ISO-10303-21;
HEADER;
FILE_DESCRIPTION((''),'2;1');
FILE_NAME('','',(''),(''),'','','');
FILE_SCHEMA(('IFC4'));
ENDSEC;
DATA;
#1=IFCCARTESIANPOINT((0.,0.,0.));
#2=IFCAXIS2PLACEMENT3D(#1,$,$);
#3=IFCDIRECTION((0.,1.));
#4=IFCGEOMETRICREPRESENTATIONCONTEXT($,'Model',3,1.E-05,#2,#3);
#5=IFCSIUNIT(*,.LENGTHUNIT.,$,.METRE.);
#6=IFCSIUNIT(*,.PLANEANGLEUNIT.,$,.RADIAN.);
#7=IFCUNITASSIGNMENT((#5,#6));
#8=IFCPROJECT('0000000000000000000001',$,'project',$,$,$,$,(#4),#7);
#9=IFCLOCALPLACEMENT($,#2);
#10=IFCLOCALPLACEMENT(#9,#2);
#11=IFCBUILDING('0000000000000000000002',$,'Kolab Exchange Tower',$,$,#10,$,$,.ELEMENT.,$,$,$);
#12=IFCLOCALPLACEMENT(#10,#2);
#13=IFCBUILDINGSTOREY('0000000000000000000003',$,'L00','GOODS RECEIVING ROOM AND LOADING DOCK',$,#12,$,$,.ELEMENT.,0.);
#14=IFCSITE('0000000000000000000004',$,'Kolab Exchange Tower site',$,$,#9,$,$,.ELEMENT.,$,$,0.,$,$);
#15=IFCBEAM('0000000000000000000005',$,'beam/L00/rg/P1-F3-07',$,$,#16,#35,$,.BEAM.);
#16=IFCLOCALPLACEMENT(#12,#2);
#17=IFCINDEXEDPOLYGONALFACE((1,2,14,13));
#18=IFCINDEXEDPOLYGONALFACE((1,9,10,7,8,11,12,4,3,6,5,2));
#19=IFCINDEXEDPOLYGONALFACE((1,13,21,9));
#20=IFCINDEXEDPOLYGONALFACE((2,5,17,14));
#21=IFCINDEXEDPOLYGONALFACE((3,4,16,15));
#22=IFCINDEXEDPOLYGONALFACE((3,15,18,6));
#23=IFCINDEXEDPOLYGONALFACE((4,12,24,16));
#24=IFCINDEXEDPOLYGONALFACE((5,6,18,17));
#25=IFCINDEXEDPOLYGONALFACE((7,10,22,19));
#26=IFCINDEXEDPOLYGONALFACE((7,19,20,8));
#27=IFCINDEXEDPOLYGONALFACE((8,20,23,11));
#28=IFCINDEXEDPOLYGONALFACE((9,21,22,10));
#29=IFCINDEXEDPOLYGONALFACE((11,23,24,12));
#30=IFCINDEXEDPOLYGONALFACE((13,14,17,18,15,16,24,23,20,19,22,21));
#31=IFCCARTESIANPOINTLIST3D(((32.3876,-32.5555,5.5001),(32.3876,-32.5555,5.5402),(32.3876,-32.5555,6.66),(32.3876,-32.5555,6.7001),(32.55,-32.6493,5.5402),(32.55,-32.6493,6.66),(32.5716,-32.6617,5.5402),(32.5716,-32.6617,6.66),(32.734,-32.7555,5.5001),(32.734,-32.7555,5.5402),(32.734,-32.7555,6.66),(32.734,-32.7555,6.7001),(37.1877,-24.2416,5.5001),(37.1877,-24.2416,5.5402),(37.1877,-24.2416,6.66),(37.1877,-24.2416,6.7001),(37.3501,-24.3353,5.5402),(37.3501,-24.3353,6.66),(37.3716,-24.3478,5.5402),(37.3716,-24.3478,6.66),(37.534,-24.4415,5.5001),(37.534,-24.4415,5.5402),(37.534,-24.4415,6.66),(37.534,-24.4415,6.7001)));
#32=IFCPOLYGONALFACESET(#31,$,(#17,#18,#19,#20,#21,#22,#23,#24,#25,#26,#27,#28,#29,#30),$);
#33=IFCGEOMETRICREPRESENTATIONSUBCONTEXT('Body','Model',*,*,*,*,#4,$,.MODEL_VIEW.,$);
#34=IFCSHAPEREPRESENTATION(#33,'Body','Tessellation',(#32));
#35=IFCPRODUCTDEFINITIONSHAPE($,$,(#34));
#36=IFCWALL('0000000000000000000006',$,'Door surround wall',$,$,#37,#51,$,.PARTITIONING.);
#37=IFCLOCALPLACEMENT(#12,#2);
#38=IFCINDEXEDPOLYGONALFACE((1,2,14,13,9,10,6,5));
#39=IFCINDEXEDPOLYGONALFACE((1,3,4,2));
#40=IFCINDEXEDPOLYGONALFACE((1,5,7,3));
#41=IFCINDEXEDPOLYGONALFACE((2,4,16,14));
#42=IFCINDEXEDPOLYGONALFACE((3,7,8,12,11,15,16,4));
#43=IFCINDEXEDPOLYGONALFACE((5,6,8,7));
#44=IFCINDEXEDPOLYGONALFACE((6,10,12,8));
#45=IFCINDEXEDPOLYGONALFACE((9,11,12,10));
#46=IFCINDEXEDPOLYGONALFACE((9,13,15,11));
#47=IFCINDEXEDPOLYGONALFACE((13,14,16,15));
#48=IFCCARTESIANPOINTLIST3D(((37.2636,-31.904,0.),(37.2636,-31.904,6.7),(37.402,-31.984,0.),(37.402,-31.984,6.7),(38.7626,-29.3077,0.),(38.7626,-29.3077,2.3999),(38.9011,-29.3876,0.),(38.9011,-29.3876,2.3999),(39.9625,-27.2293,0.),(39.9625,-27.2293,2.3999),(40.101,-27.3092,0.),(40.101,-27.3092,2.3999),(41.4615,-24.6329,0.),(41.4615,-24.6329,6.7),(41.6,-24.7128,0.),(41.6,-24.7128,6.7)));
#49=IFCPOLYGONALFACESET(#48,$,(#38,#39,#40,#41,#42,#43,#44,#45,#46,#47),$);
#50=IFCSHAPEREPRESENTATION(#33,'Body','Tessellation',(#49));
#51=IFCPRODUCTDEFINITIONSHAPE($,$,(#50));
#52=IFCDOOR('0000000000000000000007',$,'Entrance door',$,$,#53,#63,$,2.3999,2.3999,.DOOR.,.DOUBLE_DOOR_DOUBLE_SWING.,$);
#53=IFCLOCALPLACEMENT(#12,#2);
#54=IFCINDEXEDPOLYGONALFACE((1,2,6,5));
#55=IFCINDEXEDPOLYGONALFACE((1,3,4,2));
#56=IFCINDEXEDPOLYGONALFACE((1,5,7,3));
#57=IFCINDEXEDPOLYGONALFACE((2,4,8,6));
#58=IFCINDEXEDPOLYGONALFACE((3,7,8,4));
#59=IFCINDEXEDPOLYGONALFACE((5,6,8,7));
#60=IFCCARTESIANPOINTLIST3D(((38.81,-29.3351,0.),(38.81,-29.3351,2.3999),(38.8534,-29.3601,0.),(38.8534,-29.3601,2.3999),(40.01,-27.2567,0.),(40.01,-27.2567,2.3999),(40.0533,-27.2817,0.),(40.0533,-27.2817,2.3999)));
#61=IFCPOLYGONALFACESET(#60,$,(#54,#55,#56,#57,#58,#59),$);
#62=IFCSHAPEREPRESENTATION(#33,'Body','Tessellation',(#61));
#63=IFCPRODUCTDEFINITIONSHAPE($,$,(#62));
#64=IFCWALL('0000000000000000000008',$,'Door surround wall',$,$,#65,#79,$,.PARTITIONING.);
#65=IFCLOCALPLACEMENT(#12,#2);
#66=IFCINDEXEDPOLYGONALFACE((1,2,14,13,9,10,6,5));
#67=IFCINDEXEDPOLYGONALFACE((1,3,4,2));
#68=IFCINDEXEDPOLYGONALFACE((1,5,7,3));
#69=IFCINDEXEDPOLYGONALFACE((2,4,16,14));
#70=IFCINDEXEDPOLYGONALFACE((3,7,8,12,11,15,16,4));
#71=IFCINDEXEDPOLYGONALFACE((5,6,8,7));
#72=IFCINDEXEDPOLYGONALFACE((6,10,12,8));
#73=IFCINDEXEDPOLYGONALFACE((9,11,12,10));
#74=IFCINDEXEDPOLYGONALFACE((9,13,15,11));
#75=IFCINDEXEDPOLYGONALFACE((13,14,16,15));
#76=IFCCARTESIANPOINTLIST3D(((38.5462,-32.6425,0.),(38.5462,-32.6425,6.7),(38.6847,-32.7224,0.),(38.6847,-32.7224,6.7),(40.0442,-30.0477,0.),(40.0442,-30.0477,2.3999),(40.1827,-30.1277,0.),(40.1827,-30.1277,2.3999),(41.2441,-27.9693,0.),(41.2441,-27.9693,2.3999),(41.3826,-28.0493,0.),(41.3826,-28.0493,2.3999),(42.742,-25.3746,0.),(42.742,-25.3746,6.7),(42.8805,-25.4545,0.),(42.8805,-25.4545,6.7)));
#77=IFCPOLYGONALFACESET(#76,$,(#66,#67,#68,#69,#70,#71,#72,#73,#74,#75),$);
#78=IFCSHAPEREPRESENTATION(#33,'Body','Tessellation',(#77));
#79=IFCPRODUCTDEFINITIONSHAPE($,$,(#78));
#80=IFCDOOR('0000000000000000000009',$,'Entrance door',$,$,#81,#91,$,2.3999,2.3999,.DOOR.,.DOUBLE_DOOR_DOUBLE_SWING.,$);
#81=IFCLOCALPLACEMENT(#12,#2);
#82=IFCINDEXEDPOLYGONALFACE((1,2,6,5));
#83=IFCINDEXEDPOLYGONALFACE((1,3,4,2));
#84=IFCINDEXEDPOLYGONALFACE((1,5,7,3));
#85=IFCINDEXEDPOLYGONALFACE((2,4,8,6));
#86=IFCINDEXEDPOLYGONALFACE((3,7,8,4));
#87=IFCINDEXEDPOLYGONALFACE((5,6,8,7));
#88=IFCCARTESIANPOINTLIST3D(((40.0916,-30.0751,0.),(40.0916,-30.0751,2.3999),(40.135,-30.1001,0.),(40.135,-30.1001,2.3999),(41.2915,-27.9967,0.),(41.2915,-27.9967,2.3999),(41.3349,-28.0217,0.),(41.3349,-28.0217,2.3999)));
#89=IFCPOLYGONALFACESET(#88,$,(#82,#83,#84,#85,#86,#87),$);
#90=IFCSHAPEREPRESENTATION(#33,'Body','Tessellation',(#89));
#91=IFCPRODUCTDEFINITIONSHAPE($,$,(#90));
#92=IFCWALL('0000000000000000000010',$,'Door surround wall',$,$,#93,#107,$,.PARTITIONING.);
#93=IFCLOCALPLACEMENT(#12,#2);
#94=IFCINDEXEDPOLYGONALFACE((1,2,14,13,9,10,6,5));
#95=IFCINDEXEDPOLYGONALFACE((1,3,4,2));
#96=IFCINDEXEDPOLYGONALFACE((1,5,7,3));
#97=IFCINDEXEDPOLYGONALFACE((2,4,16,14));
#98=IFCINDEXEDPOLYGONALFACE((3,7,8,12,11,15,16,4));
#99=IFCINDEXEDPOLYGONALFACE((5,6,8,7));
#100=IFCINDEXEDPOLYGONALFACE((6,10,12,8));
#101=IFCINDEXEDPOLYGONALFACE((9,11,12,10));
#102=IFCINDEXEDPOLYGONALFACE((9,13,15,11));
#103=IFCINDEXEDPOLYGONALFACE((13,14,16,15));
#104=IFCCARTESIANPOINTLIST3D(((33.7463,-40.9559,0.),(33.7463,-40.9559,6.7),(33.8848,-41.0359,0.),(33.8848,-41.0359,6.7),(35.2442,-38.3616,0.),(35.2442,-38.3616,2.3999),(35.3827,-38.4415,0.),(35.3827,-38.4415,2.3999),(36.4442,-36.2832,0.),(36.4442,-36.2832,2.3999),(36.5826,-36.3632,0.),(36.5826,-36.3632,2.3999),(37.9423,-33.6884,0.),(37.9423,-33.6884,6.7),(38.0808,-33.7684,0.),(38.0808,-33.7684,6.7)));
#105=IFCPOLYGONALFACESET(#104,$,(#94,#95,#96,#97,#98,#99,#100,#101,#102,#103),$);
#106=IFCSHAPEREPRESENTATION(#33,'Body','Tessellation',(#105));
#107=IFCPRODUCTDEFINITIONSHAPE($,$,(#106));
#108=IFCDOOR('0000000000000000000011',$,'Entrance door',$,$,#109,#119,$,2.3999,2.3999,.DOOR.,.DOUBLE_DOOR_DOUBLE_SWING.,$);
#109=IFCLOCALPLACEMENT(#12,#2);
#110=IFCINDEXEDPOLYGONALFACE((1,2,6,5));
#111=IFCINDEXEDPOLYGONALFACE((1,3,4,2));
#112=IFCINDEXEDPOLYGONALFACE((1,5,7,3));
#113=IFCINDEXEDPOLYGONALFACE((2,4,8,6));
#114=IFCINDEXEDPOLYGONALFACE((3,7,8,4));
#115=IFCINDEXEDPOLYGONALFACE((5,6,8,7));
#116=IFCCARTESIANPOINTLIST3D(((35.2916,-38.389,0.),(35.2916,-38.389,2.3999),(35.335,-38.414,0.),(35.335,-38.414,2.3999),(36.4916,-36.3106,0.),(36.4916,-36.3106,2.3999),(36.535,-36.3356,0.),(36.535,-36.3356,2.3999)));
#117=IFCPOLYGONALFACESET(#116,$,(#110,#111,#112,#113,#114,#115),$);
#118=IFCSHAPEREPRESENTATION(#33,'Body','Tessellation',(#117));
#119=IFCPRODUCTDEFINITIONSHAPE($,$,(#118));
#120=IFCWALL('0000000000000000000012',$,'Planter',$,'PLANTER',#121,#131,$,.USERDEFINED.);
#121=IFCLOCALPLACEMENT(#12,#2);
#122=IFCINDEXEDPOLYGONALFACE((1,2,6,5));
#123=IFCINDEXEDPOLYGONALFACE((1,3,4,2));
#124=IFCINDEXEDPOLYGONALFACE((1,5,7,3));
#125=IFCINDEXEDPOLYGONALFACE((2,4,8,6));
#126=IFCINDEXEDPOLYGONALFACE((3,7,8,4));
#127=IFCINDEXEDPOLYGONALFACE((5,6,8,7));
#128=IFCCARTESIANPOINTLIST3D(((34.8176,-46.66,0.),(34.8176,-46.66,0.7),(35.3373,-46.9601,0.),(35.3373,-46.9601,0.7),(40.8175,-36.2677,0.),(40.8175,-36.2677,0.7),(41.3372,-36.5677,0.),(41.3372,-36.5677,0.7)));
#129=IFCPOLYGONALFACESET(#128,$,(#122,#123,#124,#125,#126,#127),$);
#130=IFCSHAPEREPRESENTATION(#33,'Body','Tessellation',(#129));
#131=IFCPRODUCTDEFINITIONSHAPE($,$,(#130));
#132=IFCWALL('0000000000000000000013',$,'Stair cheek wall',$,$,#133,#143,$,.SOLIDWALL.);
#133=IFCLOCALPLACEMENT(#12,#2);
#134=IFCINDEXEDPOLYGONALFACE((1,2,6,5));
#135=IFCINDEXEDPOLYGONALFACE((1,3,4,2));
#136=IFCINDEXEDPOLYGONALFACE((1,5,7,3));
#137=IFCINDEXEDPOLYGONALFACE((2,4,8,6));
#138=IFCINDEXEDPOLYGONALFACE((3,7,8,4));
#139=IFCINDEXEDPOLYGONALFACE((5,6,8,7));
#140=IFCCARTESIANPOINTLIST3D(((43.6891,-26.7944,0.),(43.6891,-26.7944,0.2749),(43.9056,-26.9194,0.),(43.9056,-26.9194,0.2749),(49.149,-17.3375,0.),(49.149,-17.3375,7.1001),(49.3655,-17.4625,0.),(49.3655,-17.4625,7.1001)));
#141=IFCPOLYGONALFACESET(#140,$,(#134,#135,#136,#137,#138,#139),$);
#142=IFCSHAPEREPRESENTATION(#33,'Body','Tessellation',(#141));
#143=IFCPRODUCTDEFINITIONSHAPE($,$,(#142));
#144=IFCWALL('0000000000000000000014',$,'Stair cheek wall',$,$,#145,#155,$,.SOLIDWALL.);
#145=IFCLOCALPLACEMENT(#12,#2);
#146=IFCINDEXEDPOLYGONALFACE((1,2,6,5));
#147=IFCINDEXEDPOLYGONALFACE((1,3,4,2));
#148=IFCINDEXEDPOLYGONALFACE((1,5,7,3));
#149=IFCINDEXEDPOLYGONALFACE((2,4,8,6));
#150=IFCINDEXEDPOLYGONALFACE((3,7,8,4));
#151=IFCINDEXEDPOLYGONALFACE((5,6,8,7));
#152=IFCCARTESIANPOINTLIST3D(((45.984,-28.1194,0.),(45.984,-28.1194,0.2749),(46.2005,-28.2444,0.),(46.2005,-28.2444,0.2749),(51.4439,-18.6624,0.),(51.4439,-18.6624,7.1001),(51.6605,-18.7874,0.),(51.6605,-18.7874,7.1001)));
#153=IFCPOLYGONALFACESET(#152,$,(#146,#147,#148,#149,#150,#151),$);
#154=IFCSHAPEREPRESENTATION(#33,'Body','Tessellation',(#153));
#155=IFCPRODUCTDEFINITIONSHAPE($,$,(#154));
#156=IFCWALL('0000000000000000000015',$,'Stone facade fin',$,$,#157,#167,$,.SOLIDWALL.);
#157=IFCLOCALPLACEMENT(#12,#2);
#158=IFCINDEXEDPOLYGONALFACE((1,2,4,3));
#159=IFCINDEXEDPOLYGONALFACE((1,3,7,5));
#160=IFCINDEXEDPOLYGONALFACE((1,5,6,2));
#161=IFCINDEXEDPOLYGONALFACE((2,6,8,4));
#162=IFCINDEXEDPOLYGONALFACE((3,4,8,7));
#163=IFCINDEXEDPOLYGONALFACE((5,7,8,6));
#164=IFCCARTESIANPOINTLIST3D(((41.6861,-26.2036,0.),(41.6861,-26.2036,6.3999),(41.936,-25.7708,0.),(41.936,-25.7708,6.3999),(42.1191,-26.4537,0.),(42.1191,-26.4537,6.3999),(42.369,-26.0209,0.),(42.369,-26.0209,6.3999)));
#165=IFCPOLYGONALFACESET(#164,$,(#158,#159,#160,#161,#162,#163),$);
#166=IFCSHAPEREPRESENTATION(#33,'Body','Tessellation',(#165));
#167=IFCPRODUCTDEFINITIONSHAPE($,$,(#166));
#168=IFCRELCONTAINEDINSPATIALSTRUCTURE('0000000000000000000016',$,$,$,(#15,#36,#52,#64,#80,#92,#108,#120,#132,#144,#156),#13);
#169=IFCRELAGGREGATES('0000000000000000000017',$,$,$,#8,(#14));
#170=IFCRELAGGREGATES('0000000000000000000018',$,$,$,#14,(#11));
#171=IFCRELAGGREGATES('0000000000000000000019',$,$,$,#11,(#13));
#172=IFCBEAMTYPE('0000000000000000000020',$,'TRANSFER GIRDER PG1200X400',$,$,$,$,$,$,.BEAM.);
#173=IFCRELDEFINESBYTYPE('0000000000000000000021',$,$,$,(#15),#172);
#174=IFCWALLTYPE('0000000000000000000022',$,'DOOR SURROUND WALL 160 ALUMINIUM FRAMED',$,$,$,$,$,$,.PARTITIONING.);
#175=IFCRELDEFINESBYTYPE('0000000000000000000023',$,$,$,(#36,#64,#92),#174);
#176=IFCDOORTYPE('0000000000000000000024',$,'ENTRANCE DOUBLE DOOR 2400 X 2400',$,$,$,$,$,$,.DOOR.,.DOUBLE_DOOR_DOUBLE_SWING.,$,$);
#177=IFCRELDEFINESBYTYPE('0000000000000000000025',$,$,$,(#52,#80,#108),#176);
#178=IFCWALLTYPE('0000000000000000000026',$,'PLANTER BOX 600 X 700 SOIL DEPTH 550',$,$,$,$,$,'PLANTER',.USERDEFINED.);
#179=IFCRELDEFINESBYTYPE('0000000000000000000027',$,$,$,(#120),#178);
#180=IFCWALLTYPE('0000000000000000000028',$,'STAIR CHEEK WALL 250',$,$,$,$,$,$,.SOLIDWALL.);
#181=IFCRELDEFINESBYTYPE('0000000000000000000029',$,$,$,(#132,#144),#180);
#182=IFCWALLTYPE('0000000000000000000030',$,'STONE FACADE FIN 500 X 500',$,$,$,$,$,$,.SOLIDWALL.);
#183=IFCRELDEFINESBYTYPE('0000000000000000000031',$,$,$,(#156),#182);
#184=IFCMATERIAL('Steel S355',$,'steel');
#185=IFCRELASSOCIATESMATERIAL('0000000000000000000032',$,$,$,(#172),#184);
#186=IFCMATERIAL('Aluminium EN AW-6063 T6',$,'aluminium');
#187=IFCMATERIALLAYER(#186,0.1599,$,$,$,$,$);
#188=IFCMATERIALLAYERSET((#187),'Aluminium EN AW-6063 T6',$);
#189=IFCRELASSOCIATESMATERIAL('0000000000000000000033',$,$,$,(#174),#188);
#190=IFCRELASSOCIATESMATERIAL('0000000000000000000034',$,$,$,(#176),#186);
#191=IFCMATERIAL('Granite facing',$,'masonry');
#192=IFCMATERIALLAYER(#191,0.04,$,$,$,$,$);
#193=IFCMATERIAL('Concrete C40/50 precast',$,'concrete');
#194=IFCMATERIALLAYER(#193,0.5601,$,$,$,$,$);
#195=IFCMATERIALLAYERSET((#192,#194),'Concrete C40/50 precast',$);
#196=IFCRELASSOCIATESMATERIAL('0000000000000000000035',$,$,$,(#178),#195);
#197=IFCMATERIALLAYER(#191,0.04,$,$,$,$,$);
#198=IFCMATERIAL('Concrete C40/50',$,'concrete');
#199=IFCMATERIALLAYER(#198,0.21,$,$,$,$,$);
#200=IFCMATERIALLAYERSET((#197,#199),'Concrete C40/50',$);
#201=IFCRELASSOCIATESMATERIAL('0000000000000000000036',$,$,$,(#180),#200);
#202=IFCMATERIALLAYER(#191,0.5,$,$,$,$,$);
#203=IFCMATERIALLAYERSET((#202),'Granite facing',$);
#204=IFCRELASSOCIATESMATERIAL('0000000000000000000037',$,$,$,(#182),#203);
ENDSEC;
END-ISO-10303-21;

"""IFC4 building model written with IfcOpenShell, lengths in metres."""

from ifc_helpers import new_model, si_unit, direction, frame, frame_2d, origin, origin_2d, place, context, subcontext, project, spatial, polyline, rectangle, i_section, outline, extrude, material, layer, layer_set, material_profile, profile_set, type_object, element, fill, save


model = new_model("IFC4")

# Units and contexts
model_context = context("Model", 3, precision=1e-05, world=origin(), true_north=direction((0.0, 1.0)))
body_context = subcontext(model_context, "Body", "Model", "MODEL_VIEW")
ifc_project = project(units=[si_unit("LENGTHUNIT", "METRE"), si_unit("PLANEANGLEUNIT", "RADIAN")], contexts=[model_context])

# Site, building, storey
site_placement = place(None, origin())
site = spatial("IfcSite", under=ifc_project, at=site_placement, Name="Kolab Exchange Tower site", CompositionType="ELEMENT", RefElevation=0.0)
building_placement = place(site_placement, origin())
building = spatial("IfcBuilding", under=site, at=building_placement, Name="Kolab Exchange Tower", CompositionType="ELEMENT")
storey_placement = place(building_placement, origin())
storey = spatial("IfcBuildingStorey", under=building, at=storey_placement, Name="L00", Description="GOODS RECEIVING ROOM AND LOADING DOCK", CompositionType="ELEMENT", Elevation=0.0)

# Beam
ifc_material_1 = material(Name="Steel S355", Category="steel")
ifc_material_profile_1 = material_profile(ifc_material_1, i_section(OverallWidth=0.3999, OverallDepth=1.2, WebThickness=0.0249, FlangeThickness=0.04, at=origin_2d()), Name="PG1200X400")
ifc_profile_set_1 = profile_set([ifc_material_profile_1], Name="Steel S355")
beam_type = type_object("IfcBeamType", Name="TRANSFER GIRDER PG1200X400", PredefinedType="BEAM", material=ifc_profile_set_1)
beam_1_placement = place(storey_placement, frame((37.3608, -24.3416, 6.1001), z_axis=(-0.499998, -0.866026, 0.0), x_axis=(0.866026, -0.499998, 0.0)))
element("IfcBeam", 1, at=beam_1_placement, inside=storey, type_object=beam_type, Name="beam/L00/rg/P1-F3-07", PredefinedType="BEAM", context=body_context, shape_type="SweptSolid", body=[
    extrude(i_section(OverallWidth=0.3999, OverallDepth=1.2, WebThickness=0.0249, FlangeThickness=0.04, at=origin_2d()), origin(), (0.0, 0.0, 1.0), 9.6001),
])

# Walls, openings, doors
ifc_material_2 = material(Name="Aluminium EN AW-6063 T6", Category="aluminium")
ifc_layer_1 = layer(ifc_material_2, 0.1599)
ifc_layer_set_1 = layer_set([ifc_layer_1], Name="Aluminium EN AW-6063 T6")
wall_type_1 = type_object("IfcWallType", Name="DOOR SURROUND WALL 160 ALUMINIUM FRAMED", PredefinedType="PARTITIONING", material=ifc_layer_set_1)
wall_1_placement = place(storey_placement, frame((41.5308, -24.6729, 0.0), z_axis=(0.0, 0.0, 1.0), x_axis=(-0.499995, -0.866028, 0.0)))
wall_1 = element("IfcWall", 2, at=wall_1_placement, inside=storey, type_object=wall_type_1, Name="Door surround wall", PredefinedType="PARTITIONING", context=body_context, shape_type="SweptSolid", body=[
    extrude(rectangle(XDim=8.396, YDim=0.1599, at=frame_2d((4.198, 0.0))), origin(), (0.0, 0.0, 1.0), 6.7),
])
opening_1_placement = place(wall_1_placement, frame((2.998, 0.0, 0.0)))
opening_1 = element("IfcOpeningElement", 3, at=opening_1_placement, cuts=wall_1, PredefinedType="OPENING", context=body_context, shape_type="SweptSolid", body=[
    extrude(rectangle(XDim=2.3999, YDim=2.3999, at=frame_2d((1.2, 1.2))), frame((0.0, 0.0898, 0.0), z_axis=(0.0, -1.0, 0.0), x_axis=(1.0, 0.0, 0.0)), (0.0, 0.0, 1.0), 0.1799),
])
door_type = type_object("IfcDoorType", Name="ENTRANCE DOUBLE DOOR 2400 X 2400", OperationType="DOUBLE_DOOR_DOUBLE_SWING", PredefinedType="DOOR", material=ifc_material_2)
door_1_placement = place(opening_1_placement, origin())
door_1 = element("IfcDoor", 4, at=door_1_placement, inside=storey, type_object=door_type, Name="Entrance door", OperationType="DOUBLE_DOOR_DOUBLE_SWING", OverallHeight=2.3999, OverallWidth=2.3999, PredefinedType="DOOR", context=body_context, shape_type="SweptSolid", body=[
    extrude(rectangle(XDim=2.3999, YDim=2.3999, at=frame_2d((1.2, 1.2))), frame((0.0, 0.0249, 0.0), z_axis=(0.0, -1.0, 0.0), x_axis=(1.0, 0.0, 0.0)), (0.0, 0.0, 1.0), 0.05),
])
fill(opening_1, door_1)
wall_2_placement = place(storey_placement, frame((42.8113, -25.4146, 0.0), z_axis=(0.0, 0.0, 1.0), x_axis=(-0.499975, -0.86604, 0.0)))
wall_2 = element("IfcWall", 5, at=wall_2_placement, inside=storey, type_object=wall_type_1, Name="Door surround wall", PredefinedType="PARTITIONING", context=body_context, shape_type="SweptSolid", body=[
    extrude(rectangle(XDim=8.3921, YDim=0.1599, at=frame_2d((4.196, 0.0))), origin(), (0.0, 0.0, 1.0), 6.7),
])
opening_2_placement = place(wall_2_placement, frame((2.9961, 0.0, 0.0)))
opening_2 = element("IfcOpeningElement", 6, at=opening_2_placement, cuts=wall_2, PredefinedType="OPENING", context=body_context, shape_type="SweptSolid", body=[
    extrude(rectangle(XDim=2.3999, YDim=2.3999, at=frame_2d((1.2, 1.2))), frame((0.0, 0.0898, 0.0), z_axis=(0.0, -1.0, 0.0), x_axis=(1.0, 0.0, 0.0)), (0.0, 0.0, 1.0), 0.1799),
])
door_2_placement = place(opening_2_placement, origin())
door_2 = element("IfcDoor", 7, at=door_2_placement, inside=storey, type_object=door_type, Name="Entrance door", OperationType="DOUBLE_DOOR_DOUBLE_SWING", OverallHeight=2.3999, OverallWidth=2.3999, PredefinedType="DOOR", context=body_context, shape_type="SweptSolid", body=[
    extrude(rectangle(XDim=2.3999, YDim=2.3999, at=frame_2d((1.2, 1.2))), frame((0.0, 0.0249, 0.0), z_axis=(0.0, -1.0, 0.0), x_axis=(1.0, 0.0, 0.0)), (0.0, 0.0, 1.0), 0.05),
])
fill(opening_2, door_2)
wall_3_placement = place(storey_placement, frame((38.0115, -33.7285, 0.0), z_axis=(0.0, 0.0, 1.0), x_axis=(-0.50001, -0.86602, 0.0)))
wall_3 = element("IfcWall", 8, at=wall_3_placement, inside=storey, type_object=wall_type_1, Name="Door surround wall", PredefinedType="PARTITIONING", context=body_context, shape_type="SweptSolid", body=[
    extrude(rectangle(XDim=8.3918, YDim=0.1599, at=frame_2d((4.1958, 0.0))), origin(), (0.0, 0.0, 1.0), 6.7),
])
opening_3_placement = place(wall_3_placement, frame((2.9961, 0.0, 0.0)))
opening_3 = element("IfcOpeningElement", 9, at=opening_3_placement, cuts=wall_3, PredefinedType="OPENING", context=body_context, shape_type="SweptSolid", body=[
    extrude(rectangle(XDim=2.3999, YDim=2.3999, at=frame_2d((1.2, 1.2))), frame((0.0, 0.0898, 0.0), z_axis=(0.0, -1.0, 0.0), x_axis=(1.0, 0.0, 0.0)), (0.0, 0.0, 1.0), 0.1799),
])
door_3_placement = place(opening_3_placement, origin())
door_3 = element("IfcDoor", 10, at=door_3_placement, inside=storey, type_object=door_type, Name="Entrance door", OperationType="DOUBLE_DOOR_DOUBLE_SWING", OverallHeight=2.3999, OverallWidth=2.3999, PredefinedType="DOOR", context=body_context, shape_type="SweptSolid", body=[
    extrude(rectangle(XDim=2.3999, YDim=2.3999, at=frame_2d((1.2, 1.2))), frame((0.0, 0.0249, 0.0), z_axis=(0.0, -1.0, 0.0), x_axis=(1.0, 0.0, 0.0)), (0.0, 0.0, 1.0), 0.05),
])
fill(opening_3, door_3)

# Walls
ifc_material_3 = material(Name="Granite facing", Category="masonry")
ifc_layer_2 = layer(ifc_material_3, 0.04)
ifc_material_4 = material(Name="Concrete C40/50 precast", Category="concrete")
ifc_layer_3 = layer(ifc_material_4, 0.5601)
ifc_layer_set_2 = layer_set([ifc_layer_2, ifc_layer_3], Name="Concrete C40/50 precast")
wall_type_2 = type_object("IfcWallType", Name="PLANTER BOX 600 X 700 SOIL DEPTH 550", ElementType="PLANTER", PredefinedType="USERDEFINED", material=ifc_layer_set_2)
wall_4_placement = place(storey_placement, frame((41.0774, -36.4177, 0.0), z_axis=(0.0, 0.0, 1.0), x_axis=(-0.499999, -0.866026, 0.0)))
element("IfcWall", 11, at=wall_4_placement, inside=storey, type_object=wall_type_2, Name="Planter", ObjectType="PLANTER", PredefinedType="USERDEFINED", context=body_context, shape_type="SweptSolid", body=[
    extrude(rectangle(XDim=12.0, YDim=0.6001, at=frame_2d((6.0, 0.0))), origin(), (0.0, 0.0, 1.0), 0.7),
])
ifc_layer_4 = layer(ifc_material_3, 0.04)
ifc_material_5 = material(Name="Concrete C40/50", Category="concrete")
ifc_layer_5 = layer(ifc_material_5, 0.21)
ifc_layer_set_3 = layer_set([ifc_layer_4, ifc_layer_5], Name="Concrete C40/50")
wall_type_3 = type_object("IfcWallType", Name="STAIR CHEEK WALL 250", PredefinedType="SOLIDWALL", material=ifc_layer_set_3)
for number, where, z_axis, x_axis, name in (
    (12, (43.7974, -26.8569, 0.0), (0.0, 0.0, 1.0), (0.499996, 0.866028, 0.0), "Stair cheek wall"),
    (13, (46.0923, -28.1819, 0.0), (0.0, 0.0, 1.0), (0.499996, 0.866028, 0.0), "Stair cheek wall"),
):
    element("IfcWall", number, at=place(storey_placement, frame(where, z_axis=z_axis, x_axis=x_axis)), inside=storey, type_object=wall_type_3, Name=name, PredefinedType="SOLIDWALL", context=body_context, shape_type="SweptSolid", body=[
        extrude(outline(polyline([(0.0, 0.0), (10.9199, 0.0), (10.9199, 7.1001), (0.0, 0.2749), (0.0, 0.0)])), frame((0.0, 0.125, 0.0), z_axis=(0.0, -1.0, 0.0), x_axis=(1.0, 0.0, 0.0)), (0.0, 0.0, 1.0), 0.25),
    ])
ifc_layer_6 = layer(ifc_material_3, 0.5)
ifc_layer_set_4 = layer_set([ifc_layer_6], Name="Granite facing")
wall_type_4 = type_object("IfcWallType", Name="STONE FACADE FIN 500 X 500", PredefinedType="SOLIDWALL", material=ifc_layer_set_4)
wall_5_placement = place(storey_placement, frame((42.1526, -25.8958, 0.0), z_axis=(0.0, 0.0, 1.0), x_axis=(-0.500131, -0.86595, 0.0)))
element("IfcWall", 14, at=wall_5_placement, inside=storey, type_object=wall_type_4, Name="Stone facade fin", PredefinedType="SOLIDWALL", context=body_context, shape_type="SweptSolid", body=[
    extrude(rectangle(XDim=0.4998, YDim=0.5, at=frame_2d((0.25, 0.0))), origin(), (0.0, 0.0, 1.0), 6.3999),
])

save(model, "model.ifc")
